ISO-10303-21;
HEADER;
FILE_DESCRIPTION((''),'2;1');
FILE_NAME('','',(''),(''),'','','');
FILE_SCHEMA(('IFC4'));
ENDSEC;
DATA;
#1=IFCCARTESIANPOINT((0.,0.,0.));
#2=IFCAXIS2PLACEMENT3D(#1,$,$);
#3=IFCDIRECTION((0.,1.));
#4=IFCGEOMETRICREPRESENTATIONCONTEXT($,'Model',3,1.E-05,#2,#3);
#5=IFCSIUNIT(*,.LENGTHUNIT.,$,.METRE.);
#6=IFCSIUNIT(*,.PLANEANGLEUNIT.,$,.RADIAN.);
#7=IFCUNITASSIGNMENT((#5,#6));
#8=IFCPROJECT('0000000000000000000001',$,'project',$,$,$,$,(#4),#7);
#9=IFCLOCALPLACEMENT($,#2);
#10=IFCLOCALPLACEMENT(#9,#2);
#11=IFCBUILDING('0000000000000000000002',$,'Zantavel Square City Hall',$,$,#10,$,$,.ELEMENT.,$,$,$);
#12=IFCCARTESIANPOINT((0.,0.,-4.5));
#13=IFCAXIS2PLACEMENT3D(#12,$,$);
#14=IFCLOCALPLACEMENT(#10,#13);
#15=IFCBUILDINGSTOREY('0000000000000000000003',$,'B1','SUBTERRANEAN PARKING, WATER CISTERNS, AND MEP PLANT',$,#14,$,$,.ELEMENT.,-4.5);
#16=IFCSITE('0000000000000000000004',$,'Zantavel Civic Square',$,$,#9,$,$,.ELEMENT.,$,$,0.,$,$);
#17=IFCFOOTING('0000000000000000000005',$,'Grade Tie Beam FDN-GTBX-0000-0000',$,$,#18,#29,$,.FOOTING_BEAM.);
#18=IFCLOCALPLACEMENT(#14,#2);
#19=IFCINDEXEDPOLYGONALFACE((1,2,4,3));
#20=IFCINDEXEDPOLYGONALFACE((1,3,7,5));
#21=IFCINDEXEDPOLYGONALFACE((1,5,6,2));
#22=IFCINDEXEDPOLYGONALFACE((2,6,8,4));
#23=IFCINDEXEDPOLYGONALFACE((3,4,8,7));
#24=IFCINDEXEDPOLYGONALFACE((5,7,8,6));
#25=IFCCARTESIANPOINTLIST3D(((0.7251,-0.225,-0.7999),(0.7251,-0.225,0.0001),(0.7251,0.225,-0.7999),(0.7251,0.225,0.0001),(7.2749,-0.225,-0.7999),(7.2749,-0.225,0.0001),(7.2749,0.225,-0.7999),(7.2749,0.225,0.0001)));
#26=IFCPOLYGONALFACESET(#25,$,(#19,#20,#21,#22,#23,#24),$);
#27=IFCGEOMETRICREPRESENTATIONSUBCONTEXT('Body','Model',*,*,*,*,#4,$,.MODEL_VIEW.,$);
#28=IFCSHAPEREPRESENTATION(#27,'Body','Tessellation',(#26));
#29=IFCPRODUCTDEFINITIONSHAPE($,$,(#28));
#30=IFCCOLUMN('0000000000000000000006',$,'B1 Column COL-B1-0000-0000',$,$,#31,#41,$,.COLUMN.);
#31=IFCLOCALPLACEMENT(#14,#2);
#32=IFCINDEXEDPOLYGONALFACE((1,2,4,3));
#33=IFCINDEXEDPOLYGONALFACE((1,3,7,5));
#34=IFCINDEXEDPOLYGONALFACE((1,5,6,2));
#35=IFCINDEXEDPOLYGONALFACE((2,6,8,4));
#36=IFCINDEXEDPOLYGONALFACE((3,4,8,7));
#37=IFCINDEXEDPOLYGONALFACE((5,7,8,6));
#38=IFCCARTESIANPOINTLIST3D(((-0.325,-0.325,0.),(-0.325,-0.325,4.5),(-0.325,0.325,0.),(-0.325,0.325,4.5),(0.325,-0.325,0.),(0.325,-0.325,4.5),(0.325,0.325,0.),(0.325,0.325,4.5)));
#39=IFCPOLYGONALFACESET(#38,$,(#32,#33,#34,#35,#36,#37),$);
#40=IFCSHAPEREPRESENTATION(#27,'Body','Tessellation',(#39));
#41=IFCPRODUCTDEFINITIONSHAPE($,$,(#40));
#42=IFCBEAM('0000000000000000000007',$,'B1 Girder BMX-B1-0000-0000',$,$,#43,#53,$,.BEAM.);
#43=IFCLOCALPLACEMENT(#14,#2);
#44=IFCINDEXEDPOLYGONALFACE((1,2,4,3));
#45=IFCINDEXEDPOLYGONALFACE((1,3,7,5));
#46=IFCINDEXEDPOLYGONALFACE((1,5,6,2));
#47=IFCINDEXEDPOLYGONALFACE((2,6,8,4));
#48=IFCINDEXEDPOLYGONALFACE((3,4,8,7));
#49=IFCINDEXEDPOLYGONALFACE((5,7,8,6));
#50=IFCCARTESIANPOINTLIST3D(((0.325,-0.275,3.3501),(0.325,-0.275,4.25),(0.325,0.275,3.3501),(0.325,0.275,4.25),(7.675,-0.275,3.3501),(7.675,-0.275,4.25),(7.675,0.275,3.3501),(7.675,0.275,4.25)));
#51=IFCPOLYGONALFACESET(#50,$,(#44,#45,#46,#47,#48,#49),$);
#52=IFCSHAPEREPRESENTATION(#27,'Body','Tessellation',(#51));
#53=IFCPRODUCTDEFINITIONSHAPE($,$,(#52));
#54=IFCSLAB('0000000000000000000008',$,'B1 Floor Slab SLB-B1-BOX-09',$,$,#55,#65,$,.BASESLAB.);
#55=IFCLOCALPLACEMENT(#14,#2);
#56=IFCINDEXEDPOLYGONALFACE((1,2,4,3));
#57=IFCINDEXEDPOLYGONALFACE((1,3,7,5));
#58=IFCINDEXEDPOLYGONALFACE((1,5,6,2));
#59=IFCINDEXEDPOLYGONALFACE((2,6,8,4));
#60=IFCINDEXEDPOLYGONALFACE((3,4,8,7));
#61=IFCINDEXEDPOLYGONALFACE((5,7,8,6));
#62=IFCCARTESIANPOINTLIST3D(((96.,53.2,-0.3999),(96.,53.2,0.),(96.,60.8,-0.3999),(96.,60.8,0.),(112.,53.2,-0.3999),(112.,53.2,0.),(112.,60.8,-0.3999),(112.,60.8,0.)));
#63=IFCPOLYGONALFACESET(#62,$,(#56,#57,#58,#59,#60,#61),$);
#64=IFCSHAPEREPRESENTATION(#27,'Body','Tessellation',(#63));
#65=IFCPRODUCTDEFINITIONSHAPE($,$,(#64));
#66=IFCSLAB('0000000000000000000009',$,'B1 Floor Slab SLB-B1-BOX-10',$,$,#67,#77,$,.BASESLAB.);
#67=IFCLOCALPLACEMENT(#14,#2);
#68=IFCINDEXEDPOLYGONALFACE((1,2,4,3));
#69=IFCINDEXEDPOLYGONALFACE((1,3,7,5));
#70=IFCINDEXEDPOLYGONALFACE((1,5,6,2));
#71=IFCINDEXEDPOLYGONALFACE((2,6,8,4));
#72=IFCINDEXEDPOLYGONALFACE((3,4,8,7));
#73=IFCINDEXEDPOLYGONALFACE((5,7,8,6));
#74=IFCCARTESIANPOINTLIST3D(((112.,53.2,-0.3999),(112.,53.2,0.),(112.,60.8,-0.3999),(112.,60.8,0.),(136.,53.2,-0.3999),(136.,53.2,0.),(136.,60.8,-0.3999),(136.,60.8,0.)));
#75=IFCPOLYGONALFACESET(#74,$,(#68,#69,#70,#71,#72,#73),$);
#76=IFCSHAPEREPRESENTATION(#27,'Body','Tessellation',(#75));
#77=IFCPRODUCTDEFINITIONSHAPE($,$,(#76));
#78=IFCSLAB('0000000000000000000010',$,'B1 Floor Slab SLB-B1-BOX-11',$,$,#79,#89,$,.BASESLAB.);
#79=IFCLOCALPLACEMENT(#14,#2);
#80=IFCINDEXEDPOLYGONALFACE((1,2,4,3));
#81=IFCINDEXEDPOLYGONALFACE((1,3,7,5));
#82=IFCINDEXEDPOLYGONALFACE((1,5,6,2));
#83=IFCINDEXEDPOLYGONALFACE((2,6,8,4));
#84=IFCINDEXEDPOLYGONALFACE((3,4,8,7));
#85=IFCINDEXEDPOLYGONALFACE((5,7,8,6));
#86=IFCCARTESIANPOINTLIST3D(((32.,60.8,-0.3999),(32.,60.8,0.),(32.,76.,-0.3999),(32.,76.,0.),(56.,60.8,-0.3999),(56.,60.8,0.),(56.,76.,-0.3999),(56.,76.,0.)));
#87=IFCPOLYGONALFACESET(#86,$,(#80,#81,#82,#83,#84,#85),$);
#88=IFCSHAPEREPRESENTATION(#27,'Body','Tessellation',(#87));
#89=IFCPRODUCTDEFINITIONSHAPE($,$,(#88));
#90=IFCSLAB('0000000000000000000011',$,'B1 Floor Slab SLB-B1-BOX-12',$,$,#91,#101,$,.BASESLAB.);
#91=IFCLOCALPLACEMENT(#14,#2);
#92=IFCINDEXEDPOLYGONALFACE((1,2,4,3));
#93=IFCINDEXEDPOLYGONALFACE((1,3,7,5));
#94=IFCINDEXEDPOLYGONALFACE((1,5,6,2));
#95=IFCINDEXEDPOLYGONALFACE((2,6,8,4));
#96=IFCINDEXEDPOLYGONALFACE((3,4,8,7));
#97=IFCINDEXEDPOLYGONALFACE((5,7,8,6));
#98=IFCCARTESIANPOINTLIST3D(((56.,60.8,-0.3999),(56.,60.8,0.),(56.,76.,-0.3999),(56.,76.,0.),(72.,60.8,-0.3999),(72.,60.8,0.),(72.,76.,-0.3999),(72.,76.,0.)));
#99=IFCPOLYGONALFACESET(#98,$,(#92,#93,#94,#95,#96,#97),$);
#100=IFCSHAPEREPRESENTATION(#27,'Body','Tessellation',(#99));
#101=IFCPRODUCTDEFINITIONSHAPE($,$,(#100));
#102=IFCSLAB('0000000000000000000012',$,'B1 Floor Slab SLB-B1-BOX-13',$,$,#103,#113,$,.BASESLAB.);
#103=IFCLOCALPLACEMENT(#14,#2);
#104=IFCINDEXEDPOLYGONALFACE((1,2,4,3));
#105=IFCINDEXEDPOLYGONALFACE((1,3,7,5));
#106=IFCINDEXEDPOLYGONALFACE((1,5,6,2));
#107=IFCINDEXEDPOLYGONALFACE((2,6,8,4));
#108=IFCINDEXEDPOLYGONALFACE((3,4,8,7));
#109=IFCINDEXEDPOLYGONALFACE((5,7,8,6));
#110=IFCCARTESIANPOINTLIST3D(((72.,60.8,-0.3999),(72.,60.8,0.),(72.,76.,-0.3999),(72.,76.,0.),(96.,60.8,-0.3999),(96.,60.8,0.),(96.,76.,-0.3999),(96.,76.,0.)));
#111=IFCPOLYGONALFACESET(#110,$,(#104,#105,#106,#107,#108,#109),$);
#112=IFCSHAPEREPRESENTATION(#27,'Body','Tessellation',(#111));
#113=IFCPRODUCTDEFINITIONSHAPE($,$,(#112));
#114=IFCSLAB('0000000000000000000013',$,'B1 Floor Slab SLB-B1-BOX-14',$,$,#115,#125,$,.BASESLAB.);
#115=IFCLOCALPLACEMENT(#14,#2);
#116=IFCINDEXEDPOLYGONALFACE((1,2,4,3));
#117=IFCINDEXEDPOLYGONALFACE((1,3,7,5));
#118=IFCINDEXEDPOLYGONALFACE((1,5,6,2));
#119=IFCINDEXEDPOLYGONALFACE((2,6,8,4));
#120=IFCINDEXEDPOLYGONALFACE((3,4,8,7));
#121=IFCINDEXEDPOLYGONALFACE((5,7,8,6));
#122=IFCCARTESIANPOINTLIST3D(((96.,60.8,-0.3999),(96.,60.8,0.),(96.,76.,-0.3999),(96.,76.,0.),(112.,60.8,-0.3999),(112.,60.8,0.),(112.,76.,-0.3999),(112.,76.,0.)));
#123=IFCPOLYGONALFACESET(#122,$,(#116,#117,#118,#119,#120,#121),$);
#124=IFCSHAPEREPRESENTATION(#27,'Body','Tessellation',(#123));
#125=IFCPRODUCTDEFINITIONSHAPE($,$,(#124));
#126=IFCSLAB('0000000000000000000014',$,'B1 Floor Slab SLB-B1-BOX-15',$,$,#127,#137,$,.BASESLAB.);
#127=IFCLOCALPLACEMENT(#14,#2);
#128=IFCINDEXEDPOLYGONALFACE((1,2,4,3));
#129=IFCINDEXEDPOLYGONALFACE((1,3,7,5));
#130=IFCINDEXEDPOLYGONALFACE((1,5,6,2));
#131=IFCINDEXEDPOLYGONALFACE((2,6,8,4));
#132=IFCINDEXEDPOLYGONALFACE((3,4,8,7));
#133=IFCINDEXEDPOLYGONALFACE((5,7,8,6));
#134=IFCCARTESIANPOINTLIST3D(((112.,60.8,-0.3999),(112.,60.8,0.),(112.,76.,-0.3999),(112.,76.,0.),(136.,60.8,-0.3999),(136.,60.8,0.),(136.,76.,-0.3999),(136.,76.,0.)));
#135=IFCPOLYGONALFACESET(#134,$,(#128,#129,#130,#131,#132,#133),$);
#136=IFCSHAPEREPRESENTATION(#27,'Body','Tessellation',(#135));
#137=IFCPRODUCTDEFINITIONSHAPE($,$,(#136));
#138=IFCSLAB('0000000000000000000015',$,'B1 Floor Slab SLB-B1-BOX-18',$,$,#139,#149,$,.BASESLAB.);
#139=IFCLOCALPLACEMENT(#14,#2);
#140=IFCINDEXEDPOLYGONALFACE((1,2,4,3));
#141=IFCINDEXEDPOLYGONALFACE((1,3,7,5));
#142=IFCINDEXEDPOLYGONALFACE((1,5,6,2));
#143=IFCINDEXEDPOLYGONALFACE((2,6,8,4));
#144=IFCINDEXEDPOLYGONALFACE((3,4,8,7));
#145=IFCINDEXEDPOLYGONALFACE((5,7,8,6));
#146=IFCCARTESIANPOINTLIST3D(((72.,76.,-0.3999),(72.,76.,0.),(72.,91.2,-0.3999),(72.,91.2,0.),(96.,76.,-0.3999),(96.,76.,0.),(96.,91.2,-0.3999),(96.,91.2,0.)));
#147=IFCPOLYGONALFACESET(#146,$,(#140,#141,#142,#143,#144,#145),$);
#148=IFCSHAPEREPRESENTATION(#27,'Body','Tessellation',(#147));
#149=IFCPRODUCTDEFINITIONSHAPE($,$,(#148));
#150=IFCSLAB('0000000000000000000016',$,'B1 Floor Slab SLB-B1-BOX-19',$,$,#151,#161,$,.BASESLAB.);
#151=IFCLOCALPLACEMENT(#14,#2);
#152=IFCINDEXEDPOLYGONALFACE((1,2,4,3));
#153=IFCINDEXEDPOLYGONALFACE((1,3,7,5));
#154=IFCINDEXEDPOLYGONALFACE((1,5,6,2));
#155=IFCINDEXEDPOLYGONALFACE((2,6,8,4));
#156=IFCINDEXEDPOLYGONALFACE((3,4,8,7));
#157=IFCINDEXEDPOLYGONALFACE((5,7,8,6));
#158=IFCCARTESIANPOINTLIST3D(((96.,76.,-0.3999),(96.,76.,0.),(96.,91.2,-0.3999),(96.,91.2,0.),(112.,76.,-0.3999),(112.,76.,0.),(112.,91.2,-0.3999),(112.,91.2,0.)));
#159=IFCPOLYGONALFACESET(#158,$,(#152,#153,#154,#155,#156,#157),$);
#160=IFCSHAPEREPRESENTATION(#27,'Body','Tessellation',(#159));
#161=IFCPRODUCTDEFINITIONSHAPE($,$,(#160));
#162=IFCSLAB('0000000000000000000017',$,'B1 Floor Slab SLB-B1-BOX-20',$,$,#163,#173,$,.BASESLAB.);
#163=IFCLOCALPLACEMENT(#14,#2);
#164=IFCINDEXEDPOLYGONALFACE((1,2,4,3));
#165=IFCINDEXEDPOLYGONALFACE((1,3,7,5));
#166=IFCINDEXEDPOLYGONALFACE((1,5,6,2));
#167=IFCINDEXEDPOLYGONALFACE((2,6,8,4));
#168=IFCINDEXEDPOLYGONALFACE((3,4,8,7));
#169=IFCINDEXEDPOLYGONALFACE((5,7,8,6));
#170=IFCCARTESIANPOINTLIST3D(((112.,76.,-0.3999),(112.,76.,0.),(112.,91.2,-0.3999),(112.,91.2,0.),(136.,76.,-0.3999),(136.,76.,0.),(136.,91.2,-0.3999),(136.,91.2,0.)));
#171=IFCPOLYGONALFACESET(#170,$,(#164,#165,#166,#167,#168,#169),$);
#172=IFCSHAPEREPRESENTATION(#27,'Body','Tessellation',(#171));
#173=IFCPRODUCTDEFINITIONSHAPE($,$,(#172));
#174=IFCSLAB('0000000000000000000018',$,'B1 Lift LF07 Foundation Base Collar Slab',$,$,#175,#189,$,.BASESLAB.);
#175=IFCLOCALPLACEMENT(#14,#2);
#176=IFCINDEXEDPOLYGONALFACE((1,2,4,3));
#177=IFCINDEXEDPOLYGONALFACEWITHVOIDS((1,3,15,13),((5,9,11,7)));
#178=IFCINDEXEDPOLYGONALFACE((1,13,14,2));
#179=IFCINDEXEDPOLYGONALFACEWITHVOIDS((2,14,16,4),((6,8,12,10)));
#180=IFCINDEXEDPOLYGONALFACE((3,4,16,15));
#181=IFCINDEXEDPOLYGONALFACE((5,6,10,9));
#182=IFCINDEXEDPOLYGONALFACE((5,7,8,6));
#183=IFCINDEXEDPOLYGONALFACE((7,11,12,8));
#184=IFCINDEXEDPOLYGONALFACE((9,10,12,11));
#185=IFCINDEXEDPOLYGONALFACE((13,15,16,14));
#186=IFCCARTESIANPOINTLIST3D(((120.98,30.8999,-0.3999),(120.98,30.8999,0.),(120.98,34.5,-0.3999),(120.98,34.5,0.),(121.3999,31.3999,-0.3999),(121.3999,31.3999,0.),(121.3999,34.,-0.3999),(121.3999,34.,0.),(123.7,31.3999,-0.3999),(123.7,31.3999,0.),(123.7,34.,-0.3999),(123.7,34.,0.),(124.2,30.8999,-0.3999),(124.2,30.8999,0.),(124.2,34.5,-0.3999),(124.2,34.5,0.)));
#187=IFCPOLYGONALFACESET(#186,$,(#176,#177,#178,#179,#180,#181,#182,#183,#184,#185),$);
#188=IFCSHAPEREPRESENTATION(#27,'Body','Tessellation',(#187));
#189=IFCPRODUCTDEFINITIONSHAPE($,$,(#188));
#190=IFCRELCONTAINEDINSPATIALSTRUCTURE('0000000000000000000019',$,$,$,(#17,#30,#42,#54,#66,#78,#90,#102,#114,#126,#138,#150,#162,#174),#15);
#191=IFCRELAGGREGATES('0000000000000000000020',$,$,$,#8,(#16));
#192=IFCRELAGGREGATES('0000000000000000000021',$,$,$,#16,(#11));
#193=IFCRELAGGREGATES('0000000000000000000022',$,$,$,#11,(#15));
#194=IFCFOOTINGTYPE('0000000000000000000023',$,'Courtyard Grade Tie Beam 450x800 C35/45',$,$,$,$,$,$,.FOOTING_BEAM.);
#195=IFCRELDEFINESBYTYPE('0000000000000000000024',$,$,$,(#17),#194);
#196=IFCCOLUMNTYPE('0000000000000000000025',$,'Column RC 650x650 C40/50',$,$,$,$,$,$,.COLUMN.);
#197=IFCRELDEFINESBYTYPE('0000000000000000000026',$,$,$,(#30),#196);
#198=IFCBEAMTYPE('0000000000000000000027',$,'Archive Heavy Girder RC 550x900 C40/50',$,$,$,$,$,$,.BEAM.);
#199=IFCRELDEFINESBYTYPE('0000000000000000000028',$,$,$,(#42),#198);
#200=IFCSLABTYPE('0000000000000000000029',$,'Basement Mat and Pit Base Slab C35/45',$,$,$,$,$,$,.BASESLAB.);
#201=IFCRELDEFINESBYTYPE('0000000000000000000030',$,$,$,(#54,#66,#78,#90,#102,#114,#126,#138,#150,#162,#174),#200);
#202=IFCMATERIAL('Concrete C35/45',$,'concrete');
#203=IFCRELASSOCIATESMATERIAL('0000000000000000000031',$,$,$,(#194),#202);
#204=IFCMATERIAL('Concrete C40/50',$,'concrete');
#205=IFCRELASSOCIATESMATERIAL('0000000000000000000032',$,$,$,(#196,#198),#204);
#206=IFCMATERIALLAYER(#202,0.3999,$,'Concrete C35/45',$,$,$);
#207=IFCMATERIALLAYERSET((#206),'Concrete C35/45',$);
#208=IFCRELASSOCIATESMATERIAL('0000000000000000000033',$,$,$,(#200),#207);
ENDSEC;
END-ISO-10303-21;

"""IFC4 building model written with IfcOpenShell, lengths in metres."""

from ifc_helpers import new_model, si_unit, direction, frame, origin, origin_with_axes, origin_2d, place, context, subcontext, project, spatial, polyline, rectangle, outline, extrude, material, layer, layer_set, material_profile, profile_set, type_object, element, save


model = new_model("IFC4")

# Units and contexts
model_context = context("Model", 3, precision=1e-05, world=origin(), true_north=direction((0.0, 1.0)))
body_context = subcontext(model_context, "Body", "Model", "MODEL_VIEW")
ifc_project = project(units=[si_unit("LENGTHUNIT", "METRE"), si_unit("PLANEANGLEUNIT", "RADIAN")], contexts=[model_context])

# Site, building, storey
site_placement = place(None, origin())
site = spatial("IfcSite", under=ifc_project, at=site_placement, Name="Zantavel Civic Square", CompositionType="ELEMENT", RefElevation=0.0)
building_placement = place(site_placement, origin())
building = spatial("IfcBuilding", under=site, at=building_placement, Name="Zantavel Square City Hall", CompositionType="ELEMENT")
storey_placement = place(building_placement, frame((0.0, 0.0, -4.5)))
storey = spatial("IfcBuildingStorey", under=building, at=storey_placement, Name="B1", Description="SUBTERRANEAN PARKING, WATER CISTERNS, AND MEP PLANT", CompositionType="ELEMENT", Elevation=-4.5)

# Footing
ifc_material_1 = material(Name="Concrete C35/45", Category="concrete")
ifc_material_profile_1 = material_profile(ifc_material_1, rectangle(XDim=0.45, YDim=0.8, at=origin_2d()), Name="RC 450x800")
ifc_profile_set_1 = profile_set([ifc_material_profile_1], Name="Concrete C35/45")
footing_type = type_object("IfcFootingType", Name="Courtyard Grade Tie Beam 450x800 C35/45", PredefinedType="FOOTING_BEAM", material=ifc_profile_set_1)
footing_placement = place(storey_placement, frame((0.7251, 0.0, -0.3999), z_axis=(1.0, 0.0, 0.0), x_axis=(0.0, 1.0, 0.0)))
element("IfcFooting", 1, at=footing_placement, inside=storey, type_object=footing_type, Name="Grade Tie Beam FDN-GTBX-0000-0000", PredefinedType="FOOTING_BEAM", context=body_context, shape_type="SweptSolid", body=[
    extrude(rectangle(XDim=0.45, YDim=0.8, at=origin_2d()), origin(), (0.0, 0.0, 1.0), 6.5498),
])

# Column
ifc_material_2 = material(Name="Concrete C40/50", Category="concrete")
ifc_material_profile_2 = material_profile(ifc_material_2, rectangle(XDim=0.6499, YDim=0.6499, at=origin_2d()), Name="RC 650x650")
ifc_profile_set_2 = profile_set([ifc_material_profile_2], Name="Concrete C40/50")
column_type = type_object("IfcColumnType", Name="Column RC 650x650 C40/50", PredefinedType="COLUMN", material=ifc_profile_set_2)
column_placement = place(storey_placement, origin_with_axes())
element("IfcColumn", 2, at=column_placement, inside=storey, type_object=column_type, Name="B1 Column COL-B1-0000-0000", PredefinedType="COLUMN", context=body_context, shape_type="SweptSolid", body=[
    extrude(rectangle(XDim=0.6499, YDim=0.6499, at=origin_2d()), origin(), (0.0, 0.0, 1.0), 4.5),
])

# Beam
ifc_material_profile_3 = material_profile(ifc_material_2, rectangle(XDim=0.55, YDim=0.8999, at=origin_2d()), Name="RC 550x900")
ifc_profile_set_3 = profile_set([ifc_material_profile_3], Name="Concrete C40/50")
beam_type = type_object("IfcBeamType", Name="Archive Heavy Girder RC 550x900 C40/50", PredefinedType="BEAM", material=ifc_profile_set_3)
beam_placement = place(storey_placement, frame((0.325, 0.0, 3.8), z_axis=(1.0, 0.0, 0.0), x_axis=(0.0, 1.0, 0.0)))
element("IfcBeam", 3, at=beam_placement, inside=storey, type_object=beam_type, Name="B1 Girder BMX-B1-0000-0000", PredefinedType="BEAM", context=body_context, shape_type="SweptSolid", body=[
    extrude(rectangle(XDim=0.55, YDim=0.8999, at=origin_2d()), origin(), (0.0, 0.0, 1.0), 7.3501),
])

# Slabs
ifc_layer_1 = layer(ifc_material_1, 0.3999, Name="Concrete C35/45")
ifc_layer_set_1 = layer_set([ifc_layer_1], Name="Concrete C35/45")
slab_type_1 = type_object("IfcSlabType", Name="Basement Mat and Pit Base Slab C35/45", PredefinedType="BASESLAB", material=ifc_layer_set_1)
slab_1_placement = place(storey_placement, frame((0.0, 0.0, -0.3999)))
element("IfcSlab", 4, at=slab_1_placement, inside=storey, type_object=slab_type_1, Name="B1 Floor Slab SLB-B1-BOX-09", PredefinedType="BASESLAB", context=body_context, shape_type="SweptSolid", body=[
    extrude(outline(polyline([(112.0, 60.8), (112.0, 53.2), (96.0, 53.2), (96.0, 60.8), (112.0, 60.8)])), origin(), (0.0, 0.0, 1.0), 0.3999),
])
slab_2_placement = place(storey_placement, frame((0.0, 0.0, -0.3999)))
element("IfcSlab", 5, at=slab_2_placement, inside=storey, type_object=slab_type_1, Name="B1 Floor Slab SLB-B1-BOX-10", PredefinedType="BASESLAB", context=body_context, shape_type="SweptSolid", body=[
    extrude(outline(polyline([(136.0, 60.8), (136.0, 53.2), (112.0, 53.2), (112.0, 60.8), (136.0, 60.8)])), origin(), (0.0, 0.0, 1.0), 0.3999),
])
slab_3_placement = place(storey_placement, frame((0.0, 0.0, -0.3999)))
element("IfcSlab", 6, at=slab_3_placement, inside=storey, type_object=slab_type_1, Name="B1 Floor Slab SLB-B1-BOX-11", PredefinedType="BASESLAB", context=body_context, shape_type="SweptSolid", body=[
    extrude(outline(polyline([(32.0, 76.0), (56.0, 76.0), (56.0, 60.8), (32.0, 60.8), (32.0, 76.0)])), origin(), (0.0, 0.0, 1.0), 0.3999),
])
slab_4_placement = place(storey_placement, frame((0.0, 0.0, -0.3999)))
element("IfcSlab", 7, at=slab_4_placement, inside=storey, type_object=slab_type_1, Name="B1 Floor Slab SLB-B1-BOX-12", PredefinedType="BASESLAB", context=body_context, shape_type="SweptSolid", body=[
    extrude(outline(polyline([(72.0, 76.0), (72.0, 60.8), (56.0, 60.8), (56.0, 76.0), (72.0, 76.0)])), origin(), (0.0, 0.0, 1.0), 0.3999),
])
slab_5_placement = place(storey_placement, frame((0.0, 0.0, -0.3999)))
element("IfcSlab", 8, at=slab_5_placement, inside=storey, type_object=slab_type_1, Name="B1 Floor Slab SLB-B1-BOX-13", PredefinedType="BASESLAB", context=body_context, shape_type="SweptSolid", body=[
    extrude(outline(polyline([(96.0, 76.0), (96.0, 60.8), (72.0, 60.8), (72.0, 76.0), (96.0, 76.0)])), origin(), (0.0, 0.0, 1.0), 0.3999),
])
slab_6_placement = place(storey_placement, frame((0.0, 0.0, -0.3999)))
element("IfcSlab", 9, at=slab_6_placement, inside=storey, type_object=slab_type_1, Name="B1 Floor Slab SLB-B1-BOX-14", PredefinedType="BASESLAB", context=body_context, shape_type="SweptSolid", body=[
    extrude(outline(polyline([(112.0, 76.0), (112.0, 60.8), (96.0, 60.8), (96.0, 76.0), (112.0, 76.0)])), origin(), (0.0, 0.0, 1.0), 0.3999),
])
slab_7_placement = place(storey_placement, frame((0.0, 0.0, -0.3999)))
element("IfcSlab", 10, at=slab_7_placement, inside=storey, type_object=slab_type_1, Name="B1 Floor Slab SLB-B1-BOX-15", PredefinedType="BASESLAB", context=body_context, shape_type="SweptSolid", body=[
    extrude(outline(polyline([(136.0, 76.0), (136.0, 60.8), (112.0, 60.8), (112.0, 76.0), (136.0, 76.0)])), origin(), (0.0, 0.0, 1.0), 0.3999),
])
slab_8_placement = place(storey_placement, frame((0.0, 0.0, -0.3999)))
element("IfcSlab", 11, at=slab_8_placement, inside=storey, type_object=slab_type_1, Name="B1 Floor Slab SLB-B1-BOX-18", PredefinedType="BASESLAB", context=body_context, shape_type="SweptSolid", body=[
    extrude(outline(polyline([(96.0, 91.2), (96.0, 76.0), (72.0, 76.0), (72.0, 91.2), (96.0, 91.2)])), origin(), (0.0, 0.0, 1.0), 0.3999),
])
slab_9_placement = place(storey_placement, frame((0.0, 0.0, -0.3999)))
element("IfcSlab", 12, at=slab_9_placement, inside=storey, type_object=slab_type_1, Name="B1 Floor Slab SLB-B1-BOX-19", PredefinedType="BASESLAB", context=body_context, shape_type="SweptSolid", body=[
    extrude(outline(polyline([(112.0, 91.2), (112.0, 76.0), (96.0, 76.0), (96.0, 91.2), (112.0, 91.2)])), origin(), (0.0, 0.0, 1.0), 0.3999),
])
slab_10_placement = place(storey_placement, frame((0.0, 0.0, -0.3999)))
element("IfcSlab", 13, at=slab_10_placement, inside=storey, type_object=slab_type_1, Name="B1 Floor Slab SLB-B1-BOX-20", PredefinedType="BASESLAB", context=body_context, shape_type="SweptSolid", body=[
    extrude(outline(polyline([(136.0, 91.2), (136.0, 76.0), (112.0, 76.0), (112.0, 91.2), (136.0, 91.2)])), origin(), (0.0, 0.0, 1.0), 0.3999),
])
slab_11_placement = place(storey_placement, frame((0.0, 0.0, -0.3999)))
element("IfcSlab", 14, at=slab_11_placement, inside=storey, type_object=slab_type_1, Name="B1 Lift LF07 Foundation Base Collar Slab", PredefinedType="BASESLAB", context=body_context, shape_type="SweptSolid", body=[
    extrude(outline(polyline([(120.98, 34.5), (124.2, 34.5), (124.2, 30.8999), (120.98, 30.8999), (120.98, 34.5)]), holes=[polyline([(123.7, 34.0), (121.3999, 34.0), (121.3999, 31.3999), (123.7, 31.3999), (123.7, 34.0)])]), origin(), (0.0, 0.0, 1.0), 0.3999),
])

save(model, "model.ifc")
